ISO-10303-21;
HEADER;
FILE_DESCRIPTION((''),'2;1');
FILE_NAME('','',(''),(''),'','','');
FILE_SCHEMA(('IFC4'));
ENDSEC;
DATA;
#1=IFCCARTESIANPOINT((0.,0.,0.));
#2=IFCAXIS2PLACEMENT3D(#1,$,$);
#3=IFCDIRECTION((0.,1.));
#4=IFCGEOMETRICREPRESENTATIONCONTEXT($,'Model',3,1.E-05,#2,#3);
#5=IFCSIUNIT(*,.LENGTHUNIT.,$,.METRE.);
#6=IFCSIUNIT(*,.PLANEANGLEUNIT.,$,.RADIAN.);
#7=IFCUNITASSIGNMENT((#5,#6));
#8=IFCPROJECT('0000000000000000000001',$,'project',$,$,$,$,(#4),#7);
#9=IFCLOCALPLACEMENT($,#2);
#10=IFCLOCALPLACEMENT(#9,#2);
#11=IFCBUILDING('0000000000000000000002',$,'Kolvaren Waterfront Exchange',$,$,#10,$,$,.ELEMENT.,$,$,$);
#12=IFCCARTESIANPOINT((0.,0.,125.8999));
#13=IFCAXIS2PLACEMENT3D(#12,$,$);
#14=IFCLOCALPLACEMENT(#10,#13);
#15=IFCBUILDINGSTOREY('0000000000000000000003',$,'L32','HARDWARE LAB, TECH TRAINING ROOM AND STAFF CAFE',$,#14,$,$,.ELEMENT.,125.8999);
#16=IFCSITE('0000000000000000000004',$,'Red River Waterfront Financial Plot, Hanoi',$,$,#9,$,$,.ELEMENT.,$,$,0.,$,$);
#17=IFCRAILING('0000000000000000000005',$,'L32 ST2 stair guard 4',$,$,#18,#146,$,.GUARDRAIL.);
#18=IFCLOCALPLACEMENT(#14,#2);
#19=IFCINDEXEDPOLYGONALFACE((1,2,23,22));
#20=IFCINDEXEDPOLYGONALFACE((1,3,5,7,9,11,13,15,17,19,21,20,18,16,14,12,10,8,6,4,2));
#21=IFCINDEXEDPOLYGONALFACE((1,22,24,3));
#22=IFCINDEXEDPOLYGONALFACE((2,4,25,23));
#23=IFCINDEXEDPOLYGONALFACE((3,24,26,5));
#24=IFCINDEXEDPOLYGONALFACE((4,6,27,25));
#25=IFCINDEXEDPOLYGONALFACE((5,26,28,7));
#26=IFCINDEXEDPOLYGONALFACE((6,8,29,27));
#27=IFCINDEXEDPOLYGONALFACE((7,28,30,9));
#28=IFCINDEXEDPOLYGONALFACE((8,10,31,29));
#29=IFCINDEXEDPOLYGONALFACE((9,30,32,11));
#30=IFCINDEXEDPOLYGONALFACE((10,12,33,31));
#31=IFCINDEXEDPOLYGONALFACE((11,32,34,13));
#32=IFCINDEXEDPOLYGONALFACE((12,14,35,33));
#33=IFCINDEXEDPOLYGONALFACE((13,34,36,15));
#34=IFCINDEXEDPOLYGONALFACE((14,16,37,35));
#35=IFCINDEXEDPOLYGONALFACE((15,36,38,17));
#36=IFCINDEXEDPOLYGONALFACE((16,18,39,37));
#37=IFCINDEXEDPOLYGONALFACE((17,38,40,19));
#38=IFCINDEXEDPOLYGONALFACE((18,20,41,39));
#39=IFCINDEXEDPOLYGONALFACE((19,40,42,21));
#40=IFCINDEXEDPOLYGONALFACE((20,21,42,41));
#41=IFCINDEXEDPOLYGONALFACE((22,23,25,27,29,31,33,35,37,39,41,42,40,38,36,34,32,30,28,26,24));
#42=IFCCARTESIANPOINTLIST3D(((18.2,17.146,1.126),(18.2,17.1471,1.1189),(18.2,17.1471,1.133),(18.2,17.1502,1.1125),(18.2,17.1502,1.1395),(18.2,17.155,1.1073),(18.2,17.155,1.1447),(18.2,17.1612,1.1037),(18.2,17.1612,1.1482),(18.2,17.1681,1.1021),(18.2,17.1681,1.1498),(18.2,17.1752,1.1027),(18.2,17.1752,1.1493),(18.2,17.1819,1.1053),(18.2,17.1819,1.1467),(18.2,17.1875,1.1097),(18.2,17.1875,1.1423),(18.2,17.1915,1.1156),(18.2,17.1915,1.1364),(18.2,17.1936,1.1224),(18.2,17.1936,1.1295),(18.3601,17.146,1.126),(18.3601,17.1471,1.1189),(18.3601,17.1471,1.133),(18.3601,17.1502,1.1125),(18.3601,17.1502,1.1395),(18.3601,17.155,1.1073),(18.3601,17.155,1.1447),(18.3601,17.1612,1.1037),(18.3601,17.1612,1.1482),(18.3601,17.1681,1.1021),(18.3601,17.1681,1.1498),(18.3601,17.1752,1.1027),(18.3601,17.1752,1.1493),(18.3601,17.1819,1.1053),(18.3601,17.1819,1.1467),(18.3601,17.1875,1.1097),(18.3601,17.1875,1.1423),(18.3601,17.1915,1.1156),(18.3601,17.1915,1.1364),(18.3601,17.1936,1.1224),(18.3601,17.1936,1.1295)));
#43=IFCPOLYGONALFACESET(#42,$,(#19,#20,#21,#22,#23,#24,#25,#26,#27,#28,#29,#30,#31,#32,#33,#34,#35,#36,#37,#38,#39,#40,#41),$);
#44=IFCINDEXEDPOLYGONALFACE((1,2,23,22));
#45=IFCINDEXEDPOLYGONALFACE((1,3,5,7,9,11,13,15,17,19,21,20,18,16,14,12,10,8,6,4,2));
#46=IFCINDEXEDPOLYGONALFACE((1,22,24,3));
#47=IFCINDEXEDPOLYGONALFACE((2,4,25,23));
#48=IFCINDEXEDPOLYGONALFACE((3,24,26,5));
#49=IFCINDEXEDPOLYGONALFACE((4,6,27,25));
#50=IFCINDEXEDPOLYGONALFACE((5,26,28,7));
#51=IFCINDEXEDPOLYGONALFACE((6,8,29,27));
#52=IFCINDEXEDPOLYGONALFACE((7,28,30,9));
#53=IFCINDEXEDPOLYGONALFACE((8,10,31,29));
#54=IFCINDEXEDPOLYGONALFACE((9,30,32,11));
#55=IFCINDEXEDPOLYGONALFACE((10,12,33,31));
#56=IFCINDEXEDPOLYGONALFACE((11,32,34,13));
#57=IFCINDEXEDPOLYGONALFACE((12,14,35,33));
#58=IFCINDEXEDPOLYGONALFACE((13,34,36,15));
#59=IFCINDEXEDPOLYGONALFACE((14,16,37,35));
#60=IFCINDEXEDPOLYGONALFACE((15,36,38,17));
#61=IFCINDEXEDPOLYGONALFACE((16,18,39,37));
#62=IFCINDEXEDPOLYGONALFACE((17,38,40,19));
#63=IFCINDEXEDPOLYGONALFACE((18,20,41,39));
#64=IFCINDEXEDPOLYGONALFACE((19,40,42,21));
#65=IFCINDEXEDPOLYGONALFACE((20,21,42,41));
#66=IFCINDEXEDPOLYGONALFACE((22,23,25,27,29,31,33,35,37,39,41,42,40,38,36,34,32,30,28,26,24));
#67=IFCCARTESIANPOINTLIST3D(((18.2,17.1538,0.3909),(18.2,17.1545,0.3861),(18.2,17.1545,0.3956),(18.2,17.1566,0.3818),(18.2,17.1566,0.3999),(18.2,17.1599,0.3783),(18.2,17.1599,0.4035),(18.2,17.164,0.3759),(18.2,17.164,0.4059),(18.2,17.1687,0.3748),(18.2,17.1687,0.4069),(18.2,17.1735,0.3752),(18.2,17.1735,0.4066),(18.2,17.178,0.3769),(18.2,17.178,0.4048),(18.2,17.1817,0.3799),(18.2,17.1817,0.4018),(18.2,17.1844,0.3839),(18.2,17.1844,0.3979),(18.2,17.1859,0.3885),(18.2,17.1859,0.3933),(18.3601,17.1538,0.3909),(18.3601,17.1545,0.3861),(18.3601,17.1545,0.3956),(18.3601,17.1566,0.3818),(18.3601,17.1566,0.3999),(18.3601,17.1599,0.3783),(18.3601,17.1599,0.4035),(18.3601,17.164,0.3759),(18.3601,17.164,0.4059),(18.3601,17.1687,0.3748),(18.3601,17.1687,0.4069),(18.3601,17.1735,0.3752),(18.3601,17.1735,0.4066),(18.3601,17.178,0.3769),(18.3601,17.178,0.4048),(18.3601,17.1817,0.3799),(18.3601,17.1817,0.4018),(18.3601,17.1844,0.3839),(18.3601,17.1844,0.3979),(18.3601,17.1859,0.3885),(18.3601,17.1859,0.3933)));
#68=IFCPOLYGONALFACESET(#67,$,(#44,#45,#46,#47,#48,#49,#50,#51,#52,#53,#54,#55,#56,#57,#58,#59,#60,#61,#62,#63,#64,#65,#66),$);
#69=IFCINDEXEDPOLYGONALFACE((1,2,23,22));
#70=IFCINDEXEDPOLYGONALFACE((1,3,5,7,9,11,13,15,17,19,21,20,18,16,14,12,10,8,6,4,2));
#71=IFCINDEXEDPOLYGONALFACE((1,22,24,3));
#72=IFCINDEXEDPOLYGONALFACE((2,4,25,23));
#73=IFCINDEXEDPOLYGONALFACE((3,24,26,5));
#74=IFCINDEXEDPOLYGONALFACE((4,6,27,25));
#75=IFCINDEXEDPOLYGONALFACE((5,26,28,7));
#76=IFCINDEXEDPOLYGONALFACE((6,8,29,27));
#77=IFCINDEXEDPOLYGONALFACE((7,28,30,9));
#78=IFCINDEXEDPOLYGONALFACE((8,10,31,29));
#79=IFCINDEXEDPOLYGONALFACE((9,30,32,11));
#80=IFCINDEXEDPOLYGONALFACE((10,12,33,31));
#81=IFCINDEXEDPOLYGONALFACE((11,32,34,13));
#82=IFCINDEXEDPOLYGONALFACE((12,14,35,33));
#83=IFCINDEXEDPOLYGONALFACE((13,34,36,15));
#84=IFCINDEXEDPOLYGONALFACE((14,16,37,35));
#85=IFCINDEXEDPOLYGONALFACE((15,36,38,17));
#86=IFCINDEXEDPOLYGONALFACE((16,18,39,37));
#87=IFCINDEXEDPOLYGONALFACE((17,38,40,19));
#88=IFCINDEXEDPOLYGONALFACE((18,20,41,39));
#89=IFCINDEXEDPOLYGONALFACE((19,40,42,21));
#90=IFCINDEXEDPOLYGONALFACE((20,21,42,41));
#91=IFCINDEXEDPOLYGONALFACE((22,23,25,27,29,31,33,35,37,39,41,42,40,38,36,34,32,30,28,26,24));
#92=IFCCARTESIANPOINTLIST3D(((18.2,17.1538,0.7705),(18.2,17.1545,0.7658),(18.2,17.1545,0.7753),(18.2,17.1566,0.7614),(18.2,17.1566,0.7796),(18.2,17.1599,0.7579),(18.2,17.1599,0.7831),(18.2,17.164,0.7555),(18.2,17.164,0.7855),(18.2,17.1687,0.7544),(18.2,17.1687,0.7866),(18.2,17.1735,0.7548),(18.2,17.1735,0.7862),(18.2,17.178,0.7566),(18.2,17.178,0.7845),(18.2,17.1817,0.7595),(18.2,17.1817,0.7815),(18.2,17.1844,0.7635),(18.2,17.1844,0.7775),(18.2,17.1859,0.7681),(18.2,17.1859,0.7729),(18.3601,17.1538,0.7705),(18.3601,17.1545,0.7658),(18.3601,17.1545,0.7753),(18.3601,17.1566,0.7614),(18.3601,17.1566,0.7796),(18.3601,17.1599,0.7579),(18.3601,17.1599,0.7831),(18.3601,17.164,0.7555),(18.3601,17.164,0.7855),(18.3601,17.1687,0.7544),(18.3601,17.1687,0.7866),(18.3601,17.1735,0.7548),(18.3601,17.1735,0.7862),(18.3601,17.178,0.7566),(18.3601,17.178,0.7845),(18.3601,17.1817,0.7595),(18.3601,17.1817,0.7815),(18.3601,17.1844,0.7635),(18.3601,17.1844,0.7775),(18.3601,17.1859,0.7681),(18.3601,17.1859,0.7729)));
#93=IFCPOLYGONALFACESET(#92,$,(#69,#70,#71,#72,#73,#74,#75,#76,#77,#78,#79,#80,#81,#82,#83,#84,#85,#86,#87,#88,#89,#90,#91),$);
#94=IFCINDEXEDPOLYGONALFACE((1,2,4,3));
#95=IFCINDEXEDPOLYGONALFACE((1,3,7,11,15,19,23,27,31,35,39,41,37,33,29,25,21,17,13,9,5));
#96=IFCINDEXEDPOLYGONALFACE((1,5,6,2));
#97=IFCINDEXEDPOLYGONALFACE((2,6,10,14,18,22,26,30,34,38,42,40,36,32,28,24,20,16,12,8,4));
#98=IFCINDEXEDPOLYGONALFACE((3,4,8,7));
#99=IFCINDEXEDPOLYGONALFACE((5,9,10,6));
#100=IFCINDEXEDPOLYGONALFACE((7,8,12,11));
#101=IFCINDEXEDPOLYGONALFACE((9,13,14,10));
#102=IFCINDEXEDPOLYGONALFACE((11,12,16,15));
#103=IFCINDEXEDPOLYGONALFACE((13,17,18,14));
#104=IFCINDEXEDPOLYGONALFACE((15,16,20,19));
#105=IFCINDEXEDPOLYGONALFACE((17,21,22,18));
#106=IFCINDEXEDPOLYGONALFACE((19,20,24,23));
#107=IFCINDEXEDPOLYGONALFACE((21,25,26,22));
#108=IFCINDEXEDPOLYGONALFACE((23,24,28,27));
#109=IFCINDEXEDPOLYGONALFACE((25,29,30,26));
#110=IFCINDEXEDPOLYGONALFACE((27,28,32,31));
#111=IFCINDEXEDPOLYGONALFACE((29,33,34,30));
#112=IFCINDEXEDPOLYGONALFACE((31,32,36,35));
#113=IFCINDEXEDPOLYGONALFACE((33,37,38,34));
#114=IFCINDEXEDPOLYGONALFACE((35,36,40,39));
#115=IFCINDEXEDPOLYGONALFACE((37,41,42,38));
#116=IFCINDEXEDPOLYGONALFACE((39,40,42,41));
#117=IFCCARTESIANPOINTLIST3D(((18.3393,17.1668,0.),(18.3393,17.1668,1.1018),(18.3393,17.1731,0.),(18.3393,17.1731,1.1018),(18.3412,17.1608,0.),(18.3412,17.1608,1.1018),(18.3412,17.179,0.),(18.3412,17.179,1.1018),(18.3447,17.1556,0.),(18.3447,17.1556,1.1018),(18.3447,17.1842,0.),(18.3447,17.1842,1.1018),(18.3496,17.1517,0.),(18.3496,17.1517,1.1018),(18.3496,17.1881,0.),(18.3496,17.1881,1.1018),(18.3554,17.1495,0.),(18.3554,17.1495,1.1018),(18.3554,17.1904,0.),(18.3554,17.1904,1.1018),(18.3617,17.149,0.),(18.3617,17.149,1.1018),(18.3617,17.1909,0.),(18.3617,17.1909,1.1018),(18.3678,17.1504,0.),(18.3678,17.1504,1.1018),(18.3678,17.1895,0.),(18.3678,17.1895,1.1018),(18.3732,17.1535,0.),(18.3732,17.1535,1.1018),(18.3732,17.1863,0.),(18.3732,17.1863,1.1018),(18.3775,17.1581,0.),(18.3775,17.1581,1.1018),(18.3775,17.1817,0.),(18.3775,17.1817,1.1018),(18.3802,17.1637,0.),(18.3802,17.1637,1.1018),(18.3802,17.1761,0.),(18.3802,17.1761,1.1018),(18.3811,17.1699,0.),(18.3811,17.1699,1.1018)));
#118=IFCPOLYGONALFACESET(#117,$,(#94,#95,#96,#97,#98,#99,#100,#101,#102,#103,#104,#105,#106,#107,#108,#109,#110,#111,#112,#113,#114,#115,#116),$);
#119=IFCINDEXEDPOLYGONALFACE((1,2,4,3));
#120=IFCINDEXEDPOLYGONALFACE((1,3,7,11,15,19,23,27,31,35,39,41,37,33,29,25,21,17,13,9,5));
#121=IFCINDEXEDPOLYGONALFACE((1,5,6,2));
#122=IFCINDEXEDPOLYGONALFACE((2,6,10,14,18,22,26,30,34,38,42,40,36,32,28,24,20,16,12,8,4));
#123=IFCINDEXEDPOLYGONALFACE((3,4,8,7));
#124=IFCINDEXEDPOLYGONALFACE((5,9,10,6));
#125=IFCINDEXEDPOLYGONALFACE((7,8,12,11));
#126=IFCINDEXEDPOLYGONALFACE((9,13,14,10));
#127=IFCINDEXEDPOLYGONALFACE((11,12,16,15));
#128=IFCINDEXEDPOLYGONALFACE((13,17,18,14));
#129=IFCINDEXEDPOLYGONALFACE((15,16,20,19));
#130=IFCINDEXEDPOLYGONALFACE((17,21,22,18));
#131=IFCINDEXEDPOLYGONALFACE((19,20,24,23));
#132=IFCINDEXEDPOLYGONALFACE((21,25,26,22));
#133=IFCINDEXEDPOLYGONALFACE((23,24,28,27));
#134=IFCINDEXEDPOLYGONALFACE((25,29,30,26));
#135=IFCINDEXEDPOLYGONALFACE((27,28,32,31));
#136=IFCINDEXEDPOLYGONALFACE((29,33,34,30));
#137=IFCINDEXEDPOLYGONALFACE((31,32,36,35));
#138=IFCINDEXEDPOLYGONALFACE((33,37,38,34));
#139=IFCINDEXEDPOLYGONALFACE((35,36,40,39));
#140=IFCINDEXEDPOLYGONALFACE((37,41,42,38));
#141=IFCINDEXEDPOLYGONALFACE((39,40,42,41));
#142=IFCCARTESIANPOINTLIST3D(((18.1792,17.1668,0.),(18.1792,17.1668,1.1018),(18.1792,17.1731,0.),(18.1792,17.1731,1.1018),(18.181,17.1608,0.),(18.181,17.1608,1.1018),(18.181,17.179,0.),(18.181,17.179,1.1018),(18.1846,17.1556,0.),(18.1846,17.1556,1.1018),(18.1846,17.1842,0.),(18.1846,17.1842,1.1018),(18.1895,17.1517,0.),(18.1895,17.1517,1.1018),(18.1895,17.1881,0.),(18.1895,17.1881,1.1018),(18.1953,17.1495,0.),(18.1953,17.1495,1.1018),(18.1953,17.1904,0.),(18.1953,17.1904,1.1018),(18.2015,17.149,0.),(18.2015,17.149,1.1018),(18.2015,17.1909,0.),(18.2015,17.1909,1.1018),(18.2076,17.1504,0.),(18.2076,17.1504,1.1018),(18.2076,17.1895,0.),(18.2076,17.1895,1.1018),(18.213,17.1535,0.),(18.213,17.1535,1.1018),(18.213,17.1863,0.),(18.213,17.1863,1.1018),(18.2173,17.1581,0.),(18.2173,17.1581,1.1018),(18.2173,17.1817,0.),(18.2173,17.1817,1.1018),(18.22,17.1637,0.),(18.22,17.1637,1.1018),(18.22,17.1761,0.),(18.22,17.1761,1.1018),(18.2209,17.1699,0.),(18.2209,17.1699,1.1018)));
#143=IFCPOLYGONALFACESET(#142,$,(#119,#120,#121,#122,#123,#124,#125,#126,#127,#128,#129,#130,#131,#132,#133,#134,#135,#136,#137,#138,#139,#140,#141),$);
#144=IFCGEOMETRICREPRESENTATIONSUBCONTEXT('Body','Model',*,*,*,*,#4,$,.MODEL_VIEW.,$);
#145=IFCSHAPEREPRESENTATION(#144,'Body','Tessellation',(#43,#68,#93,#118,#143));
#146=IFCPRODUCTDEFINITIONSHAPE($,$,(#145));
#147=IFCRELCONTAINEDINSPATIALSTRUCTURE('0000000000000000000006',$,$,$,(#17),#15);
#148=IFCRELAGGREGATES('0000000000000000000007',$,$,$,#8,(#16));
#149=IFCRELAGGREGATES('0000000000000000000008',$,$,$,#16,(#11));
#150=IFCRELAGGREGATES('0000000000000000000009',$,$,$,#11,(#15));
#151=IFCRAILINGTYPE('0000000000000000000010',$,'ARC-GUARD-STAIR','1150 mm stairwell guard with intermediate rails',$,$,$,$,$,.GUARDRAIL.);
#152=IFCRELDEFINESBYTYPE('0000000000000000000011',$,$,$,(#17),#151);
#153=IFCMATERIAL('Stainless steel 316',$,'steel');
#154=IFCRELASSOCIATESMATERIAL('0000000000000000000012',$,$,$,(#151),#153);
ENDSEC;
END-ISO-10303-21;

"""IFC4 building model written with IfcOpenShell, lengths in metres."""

from ifc_helpers import new_model, si_unit, direction, frame, origin, origin_2d, place, context, subcontext, project, spatial, circle, extrude, material, type_object, element, save


model = new_model("IFC4")

# Units and contexts
model_context = context("Model", 3, precision=1e-05, world=origin(), true_north=direction((0.0, 1.0)))
body_context = subcontext(model_context, "Body", "Model", "MODEL_VIEW")
ifc_project = project(units=[si_unit("LENGTHUNIT", "METRE"), si_unit("PLANEANGLEUNIT", "RADIAN")], contexts=[model_context])

# Site, building, storey
site_placement = place(None, origin())
site = spatial("IfcSite", under=ifc_project, at=site_placement, Name="Red River Waterfront Financial Plot, Hanoi", CompositionType="ELEMENT", RefElevation=0.0)
building_placement = place(site_placement, origin())
building = spatial("IfcBuilding", under=site, at=building_placement, Name="Kolvaren Waterfront Exchange", CompositionType="ELEMENT")
storey_placement = place(building_placement, frame((0.0, 0.0, 125.8999)))
storey = spatial("IfcBuildingStorey", under=building, at=storey_placement, Name="L32", Description="HARDWARE LAB, TECH TRAINING ROOM AND STAFF CAFE", CompositionType="ELEMENT", Elevation=125.8999)

# Railing
ifc_material_1 = material(Name="Stainless steel 316", Category="steel")
railing_type_1 = type_object("IfcRailingType", Name="ARC-GUARD-STAIR", Description="1150 mm stairwell guard with intermediate rails", PredefinedType="GUARDRAIL", material=ifc_material_1)
railing_1_placement = place(storey_placement, frame((18.3601, 17.1699, 0.0)))
element("IfcRailing", 1, at=railing_1_placement, inside=storey, type_object=railing_type_1, Name="L32 ST2 stair guard 4", PredefinedType="GUARDRAIL", context=body_context, shape_type="SweptSolid", body=[
    extrude(circle(Radius=0.0239, at=origin_2d()), frame((0.0, 0.0, 1.126), z_axis=(-1.0, 0.0, 0.0), x_axis=(0.0, -1.0, 0.0)), (0.0, 0.0, 1.0), 0.1602),
    extrude(circle(Radius=0.0161, at=origin_2d()), frame((0.0, 0.0, 0.3909), z_axis=(-1.0, 0.0, 0.0), x_axis=(0.0, -1.0, 0.0)), (0.0, 0.0, 1.0), 0.1602),
    extrude(circle(Radius=0.0161, at=origin_2d()), frame((0.0, 0.0, 0.7705), z_axis=(-1.0, 0.0, 0.0), x_axis=(0.0, -1.0, 0.0)), (0.0, 0.0, 1.0), 0.1602),
    extrude(circle(Radius=0.021, at=origin_2d()), origin(), (0.0, 0.0, 1.0), 1.1018),
    extrude(circle(Radius=0.021, at=origin_2d()), frame((-0.1602, 0.0, 0.0)), (0.0, 0.0, 1.0), 1.1018),
])

save(model, "model.ifc")
